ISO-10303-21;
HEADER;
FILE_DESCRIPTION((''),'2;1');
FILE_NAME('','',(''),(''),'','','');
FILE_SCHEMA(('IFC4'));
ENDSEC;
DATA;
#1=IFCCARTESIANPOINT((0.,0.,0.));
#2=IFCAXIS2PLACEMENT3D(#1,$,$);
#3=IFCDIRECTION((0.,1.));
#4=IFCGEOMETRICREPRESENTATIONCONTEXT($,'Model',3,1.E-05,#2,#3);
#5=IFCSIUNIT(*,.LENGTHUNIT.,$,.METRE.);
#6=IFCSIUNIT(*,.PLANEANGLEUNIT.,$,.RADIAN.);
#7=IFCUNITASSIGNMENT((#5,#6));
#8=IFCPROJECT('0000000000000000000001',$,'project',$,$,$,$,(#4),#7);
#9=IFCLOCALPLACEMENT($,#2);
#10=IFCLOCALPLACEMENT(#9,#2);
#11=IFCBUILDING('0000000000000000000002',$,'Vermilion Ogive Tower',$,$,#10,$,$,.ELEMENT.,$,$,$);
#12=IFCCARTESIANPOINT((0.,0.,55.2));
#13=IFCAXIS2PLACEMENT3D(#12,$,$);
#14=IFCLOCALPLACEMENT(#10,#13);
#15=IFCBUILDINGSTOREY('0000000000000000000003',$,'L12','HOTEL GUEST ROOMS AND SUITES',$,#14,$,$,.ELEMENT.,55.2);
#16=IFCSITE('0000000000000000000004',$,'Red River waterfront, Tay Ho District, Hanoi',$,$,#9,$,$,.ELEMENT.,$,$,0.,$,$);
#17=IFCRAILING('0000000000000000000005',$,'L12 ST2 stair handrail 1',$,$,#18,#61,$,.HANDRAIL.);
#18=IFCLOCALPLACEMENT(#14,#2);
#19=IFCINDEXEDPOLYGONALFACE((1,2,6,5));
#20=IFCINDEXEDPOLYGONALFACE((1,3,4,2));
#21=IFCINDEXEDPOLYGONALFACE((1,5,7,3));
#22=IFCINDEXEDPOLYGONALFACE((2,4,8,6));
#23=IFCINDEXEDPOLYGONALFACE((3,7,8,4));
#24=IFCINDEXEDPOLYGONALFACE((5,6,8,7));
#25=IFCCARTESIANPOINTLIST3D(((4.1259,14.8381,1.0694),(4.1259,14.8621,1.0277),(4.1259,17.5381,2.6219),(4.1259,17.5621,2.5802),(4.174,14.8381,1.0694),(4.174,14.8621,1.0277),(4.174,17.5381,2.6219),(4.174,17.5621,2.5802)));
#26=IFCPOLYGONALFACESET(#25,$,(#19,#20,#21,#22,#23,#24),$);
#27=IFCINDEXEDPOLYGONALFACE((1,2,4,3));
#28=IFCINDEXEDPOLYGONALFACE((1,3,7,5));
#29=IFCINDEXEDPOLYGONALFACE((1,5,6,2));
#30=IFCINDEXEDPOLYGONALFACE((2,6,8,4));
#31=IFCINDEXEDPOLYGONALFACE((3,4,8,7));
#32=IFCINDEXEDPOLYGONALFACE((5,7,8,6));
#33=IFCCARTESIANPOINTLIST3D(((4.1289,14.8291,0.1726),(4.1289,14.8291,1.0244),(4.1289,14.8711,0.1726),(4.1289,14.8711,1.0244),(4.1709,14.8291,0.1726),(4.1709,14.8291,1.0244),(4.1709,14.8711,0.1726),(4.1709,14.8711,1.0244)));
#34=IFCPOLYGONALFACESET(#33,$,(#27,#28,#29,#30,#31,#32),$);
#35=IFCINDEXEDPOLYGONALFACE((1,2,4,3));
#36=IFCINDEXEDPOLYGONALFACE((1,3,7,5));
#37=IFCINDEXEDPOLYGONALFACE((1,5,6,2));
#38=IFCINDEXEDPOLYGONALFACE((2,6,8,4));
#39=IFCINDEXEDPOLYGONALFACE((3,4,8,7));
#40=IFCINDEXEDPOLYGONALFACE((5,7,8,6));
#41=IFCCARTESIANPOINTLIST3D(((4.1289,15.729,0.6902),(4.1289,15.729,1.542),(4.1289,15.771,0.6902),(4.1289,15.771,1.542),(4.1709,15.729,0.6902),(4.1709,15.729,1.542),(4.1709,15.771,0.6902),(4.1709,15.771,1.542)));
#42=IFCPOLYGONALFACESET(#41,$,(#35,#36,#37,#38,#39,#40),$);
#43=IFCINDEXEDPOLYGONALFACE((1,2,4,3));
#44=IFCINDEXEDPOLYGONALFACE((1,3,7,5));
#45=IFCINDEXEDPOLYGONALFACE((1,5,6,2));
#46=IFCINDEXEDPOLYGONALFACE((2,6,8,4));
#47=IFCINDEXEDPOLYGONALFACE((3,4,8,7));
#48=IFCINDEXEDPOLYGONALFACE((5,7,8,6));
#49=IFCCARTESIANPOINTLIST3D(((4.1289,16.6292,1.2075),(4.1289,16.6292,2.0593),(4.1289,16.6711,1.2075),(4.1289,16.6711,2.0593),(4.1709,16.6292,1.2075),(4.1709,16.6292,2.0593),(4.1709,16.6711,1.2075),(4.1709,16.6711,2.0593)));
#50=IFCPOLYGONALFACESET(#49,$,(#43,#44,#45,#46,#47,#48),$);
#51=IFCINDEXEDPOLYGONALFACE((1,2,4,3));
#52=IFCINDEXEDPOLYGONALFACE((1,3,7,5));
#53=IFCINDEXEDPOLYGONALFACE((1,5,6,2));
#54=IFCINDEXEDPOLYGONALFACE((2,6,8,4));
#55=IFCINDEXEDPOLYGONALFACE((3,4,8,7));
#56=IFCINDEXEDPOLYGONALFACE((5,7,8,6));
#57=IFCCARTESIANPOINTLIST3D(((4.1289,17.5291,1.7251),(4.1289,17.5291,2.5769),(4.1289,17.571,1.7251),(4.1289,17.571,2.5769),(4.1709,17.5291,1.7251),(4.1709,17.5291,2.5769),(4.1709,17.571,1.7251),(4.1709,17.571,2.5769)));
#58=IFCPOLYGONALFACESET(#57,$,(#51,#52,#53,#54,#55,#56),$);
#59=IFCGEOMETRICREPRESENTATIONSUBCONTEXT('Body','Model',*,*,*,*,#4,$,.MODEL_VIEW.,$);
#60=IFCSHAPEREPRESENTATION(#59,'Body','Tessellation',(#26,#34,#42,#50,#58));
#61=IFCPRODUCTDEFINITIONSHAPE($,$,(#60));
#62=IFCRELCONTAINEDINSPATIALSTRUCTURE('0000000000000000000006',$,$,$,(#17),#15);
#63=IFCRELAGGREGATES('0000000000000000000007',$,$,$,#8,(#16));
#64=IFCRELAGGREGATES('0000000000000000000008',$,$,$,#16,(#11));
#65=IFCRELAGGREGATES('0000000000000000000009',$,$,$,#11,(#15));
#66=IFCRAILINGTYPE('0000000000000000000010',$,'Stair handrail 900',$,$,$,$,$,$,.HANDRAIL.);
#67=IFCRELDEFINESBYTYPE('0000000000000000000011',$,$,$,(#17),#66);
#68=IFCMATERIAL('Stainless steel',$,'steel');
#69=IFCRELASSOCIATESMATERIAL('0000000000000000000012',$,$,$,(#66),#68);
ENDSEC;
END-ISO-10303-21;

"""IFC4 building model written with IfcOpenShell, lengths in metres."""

from ifc_helpers import new_model, si_unit, direction, frame, origin, origin_2d, place, context, subcontext, project, spatial, rectangle, extrude, material, type_object, element, save


model = new_model("IFC4")

# Units and contexts
model_context = context("Model", 3, precision=1e-05, world=origin(), true_north=direction((0.0, 1.0)))
body_context = subcontext(model_context, "Body", "Model", "MODEL_VIEW")
ifc_project = project(units=[si_unit("LENGTHUNIT", "METRE"), si_unit("PLANEANGLEUNIT", "RADIAN")], contexts=[model_context])

# Site, building, storey
site_placement = place(None, origin())
site = spatial("IfcSite", under=ifc_project, at=site_placement, Name="Red River waterfront, Tay Ho District, Hanoi", CompositionType="ELEMENT", RefElevation=0.0)
building_placement = place(site_placement, origin())
building = spatial("IfcBuilding", under=site, at=building_placement, Name="Vermilion Ogive Tower", CompositionType="ELEMENT")
storey_placement = place(building_placement, frame((0.0, 0.0, 55.2)))
storey = spatial("IfcBuildingStorey", under=building, at=storey_placement, Name="L12", Description="HOTEL GUEST ROOMS AND SUITES", CompositionType="ELEMENT", Elevation=55.2)

# Railing
ifc_material_1 = material(Name="Stainless steel", Category="steel")
railing_type_1 = type_object("IfcRailingType", Name="Stair handrail 900", PredefinedType="HANDRAIL", material=ifc_material_1)
railing_1_placement = place(storey_placement, frame((4.1499, 14.8501, 0.1726)))
element("IfcRailing", 1, at=railing_1_placement, inside=storey, type_object=railing_type_1, Name="L12 ST2 stair handrail 1", PredefinedType="HANDRAIL", context=body_context, shape_type="SweptSolid", body=[
    extrude(rectangle(XDim=0.0481, YDim=0.0481, at=origin_2d()), frame((0.0, 0.0, 0.876), z_axis=(0.0, 0.866904, 0.498476), x_axis=(-1.0, 0.0, 0.0)), (0.0, 0.0, 1.0), 3.1145),
    extrude(rectangle(XDim=0.042, YDim=0.042, at=origin_2d()), origin(), (0.0, 0.0, 1.0), 0.8518),
    extrude(rectangle(XDim=0.042, YDim=0.042, at=origin_2d()), frame((0.0, 0.8999, 0.5176)), (0.0, 0.0, 1.0), 0.8518),
    extrude(rectangle(XDim=0.042, YDim=0.042, at=origin_2d()), frame((0.0, 1.8, 1.0349)), (0.0, 0.0, 1.0), 0.8518),
    extrude(rectangle(XDim=0.042, YDim=0.042, at=origin_2d()), frame((0.0, 2.7, 1.5525)), (0.0, 0.0, 1.0), 0.8518),
])

save(model, "model.ifc")
